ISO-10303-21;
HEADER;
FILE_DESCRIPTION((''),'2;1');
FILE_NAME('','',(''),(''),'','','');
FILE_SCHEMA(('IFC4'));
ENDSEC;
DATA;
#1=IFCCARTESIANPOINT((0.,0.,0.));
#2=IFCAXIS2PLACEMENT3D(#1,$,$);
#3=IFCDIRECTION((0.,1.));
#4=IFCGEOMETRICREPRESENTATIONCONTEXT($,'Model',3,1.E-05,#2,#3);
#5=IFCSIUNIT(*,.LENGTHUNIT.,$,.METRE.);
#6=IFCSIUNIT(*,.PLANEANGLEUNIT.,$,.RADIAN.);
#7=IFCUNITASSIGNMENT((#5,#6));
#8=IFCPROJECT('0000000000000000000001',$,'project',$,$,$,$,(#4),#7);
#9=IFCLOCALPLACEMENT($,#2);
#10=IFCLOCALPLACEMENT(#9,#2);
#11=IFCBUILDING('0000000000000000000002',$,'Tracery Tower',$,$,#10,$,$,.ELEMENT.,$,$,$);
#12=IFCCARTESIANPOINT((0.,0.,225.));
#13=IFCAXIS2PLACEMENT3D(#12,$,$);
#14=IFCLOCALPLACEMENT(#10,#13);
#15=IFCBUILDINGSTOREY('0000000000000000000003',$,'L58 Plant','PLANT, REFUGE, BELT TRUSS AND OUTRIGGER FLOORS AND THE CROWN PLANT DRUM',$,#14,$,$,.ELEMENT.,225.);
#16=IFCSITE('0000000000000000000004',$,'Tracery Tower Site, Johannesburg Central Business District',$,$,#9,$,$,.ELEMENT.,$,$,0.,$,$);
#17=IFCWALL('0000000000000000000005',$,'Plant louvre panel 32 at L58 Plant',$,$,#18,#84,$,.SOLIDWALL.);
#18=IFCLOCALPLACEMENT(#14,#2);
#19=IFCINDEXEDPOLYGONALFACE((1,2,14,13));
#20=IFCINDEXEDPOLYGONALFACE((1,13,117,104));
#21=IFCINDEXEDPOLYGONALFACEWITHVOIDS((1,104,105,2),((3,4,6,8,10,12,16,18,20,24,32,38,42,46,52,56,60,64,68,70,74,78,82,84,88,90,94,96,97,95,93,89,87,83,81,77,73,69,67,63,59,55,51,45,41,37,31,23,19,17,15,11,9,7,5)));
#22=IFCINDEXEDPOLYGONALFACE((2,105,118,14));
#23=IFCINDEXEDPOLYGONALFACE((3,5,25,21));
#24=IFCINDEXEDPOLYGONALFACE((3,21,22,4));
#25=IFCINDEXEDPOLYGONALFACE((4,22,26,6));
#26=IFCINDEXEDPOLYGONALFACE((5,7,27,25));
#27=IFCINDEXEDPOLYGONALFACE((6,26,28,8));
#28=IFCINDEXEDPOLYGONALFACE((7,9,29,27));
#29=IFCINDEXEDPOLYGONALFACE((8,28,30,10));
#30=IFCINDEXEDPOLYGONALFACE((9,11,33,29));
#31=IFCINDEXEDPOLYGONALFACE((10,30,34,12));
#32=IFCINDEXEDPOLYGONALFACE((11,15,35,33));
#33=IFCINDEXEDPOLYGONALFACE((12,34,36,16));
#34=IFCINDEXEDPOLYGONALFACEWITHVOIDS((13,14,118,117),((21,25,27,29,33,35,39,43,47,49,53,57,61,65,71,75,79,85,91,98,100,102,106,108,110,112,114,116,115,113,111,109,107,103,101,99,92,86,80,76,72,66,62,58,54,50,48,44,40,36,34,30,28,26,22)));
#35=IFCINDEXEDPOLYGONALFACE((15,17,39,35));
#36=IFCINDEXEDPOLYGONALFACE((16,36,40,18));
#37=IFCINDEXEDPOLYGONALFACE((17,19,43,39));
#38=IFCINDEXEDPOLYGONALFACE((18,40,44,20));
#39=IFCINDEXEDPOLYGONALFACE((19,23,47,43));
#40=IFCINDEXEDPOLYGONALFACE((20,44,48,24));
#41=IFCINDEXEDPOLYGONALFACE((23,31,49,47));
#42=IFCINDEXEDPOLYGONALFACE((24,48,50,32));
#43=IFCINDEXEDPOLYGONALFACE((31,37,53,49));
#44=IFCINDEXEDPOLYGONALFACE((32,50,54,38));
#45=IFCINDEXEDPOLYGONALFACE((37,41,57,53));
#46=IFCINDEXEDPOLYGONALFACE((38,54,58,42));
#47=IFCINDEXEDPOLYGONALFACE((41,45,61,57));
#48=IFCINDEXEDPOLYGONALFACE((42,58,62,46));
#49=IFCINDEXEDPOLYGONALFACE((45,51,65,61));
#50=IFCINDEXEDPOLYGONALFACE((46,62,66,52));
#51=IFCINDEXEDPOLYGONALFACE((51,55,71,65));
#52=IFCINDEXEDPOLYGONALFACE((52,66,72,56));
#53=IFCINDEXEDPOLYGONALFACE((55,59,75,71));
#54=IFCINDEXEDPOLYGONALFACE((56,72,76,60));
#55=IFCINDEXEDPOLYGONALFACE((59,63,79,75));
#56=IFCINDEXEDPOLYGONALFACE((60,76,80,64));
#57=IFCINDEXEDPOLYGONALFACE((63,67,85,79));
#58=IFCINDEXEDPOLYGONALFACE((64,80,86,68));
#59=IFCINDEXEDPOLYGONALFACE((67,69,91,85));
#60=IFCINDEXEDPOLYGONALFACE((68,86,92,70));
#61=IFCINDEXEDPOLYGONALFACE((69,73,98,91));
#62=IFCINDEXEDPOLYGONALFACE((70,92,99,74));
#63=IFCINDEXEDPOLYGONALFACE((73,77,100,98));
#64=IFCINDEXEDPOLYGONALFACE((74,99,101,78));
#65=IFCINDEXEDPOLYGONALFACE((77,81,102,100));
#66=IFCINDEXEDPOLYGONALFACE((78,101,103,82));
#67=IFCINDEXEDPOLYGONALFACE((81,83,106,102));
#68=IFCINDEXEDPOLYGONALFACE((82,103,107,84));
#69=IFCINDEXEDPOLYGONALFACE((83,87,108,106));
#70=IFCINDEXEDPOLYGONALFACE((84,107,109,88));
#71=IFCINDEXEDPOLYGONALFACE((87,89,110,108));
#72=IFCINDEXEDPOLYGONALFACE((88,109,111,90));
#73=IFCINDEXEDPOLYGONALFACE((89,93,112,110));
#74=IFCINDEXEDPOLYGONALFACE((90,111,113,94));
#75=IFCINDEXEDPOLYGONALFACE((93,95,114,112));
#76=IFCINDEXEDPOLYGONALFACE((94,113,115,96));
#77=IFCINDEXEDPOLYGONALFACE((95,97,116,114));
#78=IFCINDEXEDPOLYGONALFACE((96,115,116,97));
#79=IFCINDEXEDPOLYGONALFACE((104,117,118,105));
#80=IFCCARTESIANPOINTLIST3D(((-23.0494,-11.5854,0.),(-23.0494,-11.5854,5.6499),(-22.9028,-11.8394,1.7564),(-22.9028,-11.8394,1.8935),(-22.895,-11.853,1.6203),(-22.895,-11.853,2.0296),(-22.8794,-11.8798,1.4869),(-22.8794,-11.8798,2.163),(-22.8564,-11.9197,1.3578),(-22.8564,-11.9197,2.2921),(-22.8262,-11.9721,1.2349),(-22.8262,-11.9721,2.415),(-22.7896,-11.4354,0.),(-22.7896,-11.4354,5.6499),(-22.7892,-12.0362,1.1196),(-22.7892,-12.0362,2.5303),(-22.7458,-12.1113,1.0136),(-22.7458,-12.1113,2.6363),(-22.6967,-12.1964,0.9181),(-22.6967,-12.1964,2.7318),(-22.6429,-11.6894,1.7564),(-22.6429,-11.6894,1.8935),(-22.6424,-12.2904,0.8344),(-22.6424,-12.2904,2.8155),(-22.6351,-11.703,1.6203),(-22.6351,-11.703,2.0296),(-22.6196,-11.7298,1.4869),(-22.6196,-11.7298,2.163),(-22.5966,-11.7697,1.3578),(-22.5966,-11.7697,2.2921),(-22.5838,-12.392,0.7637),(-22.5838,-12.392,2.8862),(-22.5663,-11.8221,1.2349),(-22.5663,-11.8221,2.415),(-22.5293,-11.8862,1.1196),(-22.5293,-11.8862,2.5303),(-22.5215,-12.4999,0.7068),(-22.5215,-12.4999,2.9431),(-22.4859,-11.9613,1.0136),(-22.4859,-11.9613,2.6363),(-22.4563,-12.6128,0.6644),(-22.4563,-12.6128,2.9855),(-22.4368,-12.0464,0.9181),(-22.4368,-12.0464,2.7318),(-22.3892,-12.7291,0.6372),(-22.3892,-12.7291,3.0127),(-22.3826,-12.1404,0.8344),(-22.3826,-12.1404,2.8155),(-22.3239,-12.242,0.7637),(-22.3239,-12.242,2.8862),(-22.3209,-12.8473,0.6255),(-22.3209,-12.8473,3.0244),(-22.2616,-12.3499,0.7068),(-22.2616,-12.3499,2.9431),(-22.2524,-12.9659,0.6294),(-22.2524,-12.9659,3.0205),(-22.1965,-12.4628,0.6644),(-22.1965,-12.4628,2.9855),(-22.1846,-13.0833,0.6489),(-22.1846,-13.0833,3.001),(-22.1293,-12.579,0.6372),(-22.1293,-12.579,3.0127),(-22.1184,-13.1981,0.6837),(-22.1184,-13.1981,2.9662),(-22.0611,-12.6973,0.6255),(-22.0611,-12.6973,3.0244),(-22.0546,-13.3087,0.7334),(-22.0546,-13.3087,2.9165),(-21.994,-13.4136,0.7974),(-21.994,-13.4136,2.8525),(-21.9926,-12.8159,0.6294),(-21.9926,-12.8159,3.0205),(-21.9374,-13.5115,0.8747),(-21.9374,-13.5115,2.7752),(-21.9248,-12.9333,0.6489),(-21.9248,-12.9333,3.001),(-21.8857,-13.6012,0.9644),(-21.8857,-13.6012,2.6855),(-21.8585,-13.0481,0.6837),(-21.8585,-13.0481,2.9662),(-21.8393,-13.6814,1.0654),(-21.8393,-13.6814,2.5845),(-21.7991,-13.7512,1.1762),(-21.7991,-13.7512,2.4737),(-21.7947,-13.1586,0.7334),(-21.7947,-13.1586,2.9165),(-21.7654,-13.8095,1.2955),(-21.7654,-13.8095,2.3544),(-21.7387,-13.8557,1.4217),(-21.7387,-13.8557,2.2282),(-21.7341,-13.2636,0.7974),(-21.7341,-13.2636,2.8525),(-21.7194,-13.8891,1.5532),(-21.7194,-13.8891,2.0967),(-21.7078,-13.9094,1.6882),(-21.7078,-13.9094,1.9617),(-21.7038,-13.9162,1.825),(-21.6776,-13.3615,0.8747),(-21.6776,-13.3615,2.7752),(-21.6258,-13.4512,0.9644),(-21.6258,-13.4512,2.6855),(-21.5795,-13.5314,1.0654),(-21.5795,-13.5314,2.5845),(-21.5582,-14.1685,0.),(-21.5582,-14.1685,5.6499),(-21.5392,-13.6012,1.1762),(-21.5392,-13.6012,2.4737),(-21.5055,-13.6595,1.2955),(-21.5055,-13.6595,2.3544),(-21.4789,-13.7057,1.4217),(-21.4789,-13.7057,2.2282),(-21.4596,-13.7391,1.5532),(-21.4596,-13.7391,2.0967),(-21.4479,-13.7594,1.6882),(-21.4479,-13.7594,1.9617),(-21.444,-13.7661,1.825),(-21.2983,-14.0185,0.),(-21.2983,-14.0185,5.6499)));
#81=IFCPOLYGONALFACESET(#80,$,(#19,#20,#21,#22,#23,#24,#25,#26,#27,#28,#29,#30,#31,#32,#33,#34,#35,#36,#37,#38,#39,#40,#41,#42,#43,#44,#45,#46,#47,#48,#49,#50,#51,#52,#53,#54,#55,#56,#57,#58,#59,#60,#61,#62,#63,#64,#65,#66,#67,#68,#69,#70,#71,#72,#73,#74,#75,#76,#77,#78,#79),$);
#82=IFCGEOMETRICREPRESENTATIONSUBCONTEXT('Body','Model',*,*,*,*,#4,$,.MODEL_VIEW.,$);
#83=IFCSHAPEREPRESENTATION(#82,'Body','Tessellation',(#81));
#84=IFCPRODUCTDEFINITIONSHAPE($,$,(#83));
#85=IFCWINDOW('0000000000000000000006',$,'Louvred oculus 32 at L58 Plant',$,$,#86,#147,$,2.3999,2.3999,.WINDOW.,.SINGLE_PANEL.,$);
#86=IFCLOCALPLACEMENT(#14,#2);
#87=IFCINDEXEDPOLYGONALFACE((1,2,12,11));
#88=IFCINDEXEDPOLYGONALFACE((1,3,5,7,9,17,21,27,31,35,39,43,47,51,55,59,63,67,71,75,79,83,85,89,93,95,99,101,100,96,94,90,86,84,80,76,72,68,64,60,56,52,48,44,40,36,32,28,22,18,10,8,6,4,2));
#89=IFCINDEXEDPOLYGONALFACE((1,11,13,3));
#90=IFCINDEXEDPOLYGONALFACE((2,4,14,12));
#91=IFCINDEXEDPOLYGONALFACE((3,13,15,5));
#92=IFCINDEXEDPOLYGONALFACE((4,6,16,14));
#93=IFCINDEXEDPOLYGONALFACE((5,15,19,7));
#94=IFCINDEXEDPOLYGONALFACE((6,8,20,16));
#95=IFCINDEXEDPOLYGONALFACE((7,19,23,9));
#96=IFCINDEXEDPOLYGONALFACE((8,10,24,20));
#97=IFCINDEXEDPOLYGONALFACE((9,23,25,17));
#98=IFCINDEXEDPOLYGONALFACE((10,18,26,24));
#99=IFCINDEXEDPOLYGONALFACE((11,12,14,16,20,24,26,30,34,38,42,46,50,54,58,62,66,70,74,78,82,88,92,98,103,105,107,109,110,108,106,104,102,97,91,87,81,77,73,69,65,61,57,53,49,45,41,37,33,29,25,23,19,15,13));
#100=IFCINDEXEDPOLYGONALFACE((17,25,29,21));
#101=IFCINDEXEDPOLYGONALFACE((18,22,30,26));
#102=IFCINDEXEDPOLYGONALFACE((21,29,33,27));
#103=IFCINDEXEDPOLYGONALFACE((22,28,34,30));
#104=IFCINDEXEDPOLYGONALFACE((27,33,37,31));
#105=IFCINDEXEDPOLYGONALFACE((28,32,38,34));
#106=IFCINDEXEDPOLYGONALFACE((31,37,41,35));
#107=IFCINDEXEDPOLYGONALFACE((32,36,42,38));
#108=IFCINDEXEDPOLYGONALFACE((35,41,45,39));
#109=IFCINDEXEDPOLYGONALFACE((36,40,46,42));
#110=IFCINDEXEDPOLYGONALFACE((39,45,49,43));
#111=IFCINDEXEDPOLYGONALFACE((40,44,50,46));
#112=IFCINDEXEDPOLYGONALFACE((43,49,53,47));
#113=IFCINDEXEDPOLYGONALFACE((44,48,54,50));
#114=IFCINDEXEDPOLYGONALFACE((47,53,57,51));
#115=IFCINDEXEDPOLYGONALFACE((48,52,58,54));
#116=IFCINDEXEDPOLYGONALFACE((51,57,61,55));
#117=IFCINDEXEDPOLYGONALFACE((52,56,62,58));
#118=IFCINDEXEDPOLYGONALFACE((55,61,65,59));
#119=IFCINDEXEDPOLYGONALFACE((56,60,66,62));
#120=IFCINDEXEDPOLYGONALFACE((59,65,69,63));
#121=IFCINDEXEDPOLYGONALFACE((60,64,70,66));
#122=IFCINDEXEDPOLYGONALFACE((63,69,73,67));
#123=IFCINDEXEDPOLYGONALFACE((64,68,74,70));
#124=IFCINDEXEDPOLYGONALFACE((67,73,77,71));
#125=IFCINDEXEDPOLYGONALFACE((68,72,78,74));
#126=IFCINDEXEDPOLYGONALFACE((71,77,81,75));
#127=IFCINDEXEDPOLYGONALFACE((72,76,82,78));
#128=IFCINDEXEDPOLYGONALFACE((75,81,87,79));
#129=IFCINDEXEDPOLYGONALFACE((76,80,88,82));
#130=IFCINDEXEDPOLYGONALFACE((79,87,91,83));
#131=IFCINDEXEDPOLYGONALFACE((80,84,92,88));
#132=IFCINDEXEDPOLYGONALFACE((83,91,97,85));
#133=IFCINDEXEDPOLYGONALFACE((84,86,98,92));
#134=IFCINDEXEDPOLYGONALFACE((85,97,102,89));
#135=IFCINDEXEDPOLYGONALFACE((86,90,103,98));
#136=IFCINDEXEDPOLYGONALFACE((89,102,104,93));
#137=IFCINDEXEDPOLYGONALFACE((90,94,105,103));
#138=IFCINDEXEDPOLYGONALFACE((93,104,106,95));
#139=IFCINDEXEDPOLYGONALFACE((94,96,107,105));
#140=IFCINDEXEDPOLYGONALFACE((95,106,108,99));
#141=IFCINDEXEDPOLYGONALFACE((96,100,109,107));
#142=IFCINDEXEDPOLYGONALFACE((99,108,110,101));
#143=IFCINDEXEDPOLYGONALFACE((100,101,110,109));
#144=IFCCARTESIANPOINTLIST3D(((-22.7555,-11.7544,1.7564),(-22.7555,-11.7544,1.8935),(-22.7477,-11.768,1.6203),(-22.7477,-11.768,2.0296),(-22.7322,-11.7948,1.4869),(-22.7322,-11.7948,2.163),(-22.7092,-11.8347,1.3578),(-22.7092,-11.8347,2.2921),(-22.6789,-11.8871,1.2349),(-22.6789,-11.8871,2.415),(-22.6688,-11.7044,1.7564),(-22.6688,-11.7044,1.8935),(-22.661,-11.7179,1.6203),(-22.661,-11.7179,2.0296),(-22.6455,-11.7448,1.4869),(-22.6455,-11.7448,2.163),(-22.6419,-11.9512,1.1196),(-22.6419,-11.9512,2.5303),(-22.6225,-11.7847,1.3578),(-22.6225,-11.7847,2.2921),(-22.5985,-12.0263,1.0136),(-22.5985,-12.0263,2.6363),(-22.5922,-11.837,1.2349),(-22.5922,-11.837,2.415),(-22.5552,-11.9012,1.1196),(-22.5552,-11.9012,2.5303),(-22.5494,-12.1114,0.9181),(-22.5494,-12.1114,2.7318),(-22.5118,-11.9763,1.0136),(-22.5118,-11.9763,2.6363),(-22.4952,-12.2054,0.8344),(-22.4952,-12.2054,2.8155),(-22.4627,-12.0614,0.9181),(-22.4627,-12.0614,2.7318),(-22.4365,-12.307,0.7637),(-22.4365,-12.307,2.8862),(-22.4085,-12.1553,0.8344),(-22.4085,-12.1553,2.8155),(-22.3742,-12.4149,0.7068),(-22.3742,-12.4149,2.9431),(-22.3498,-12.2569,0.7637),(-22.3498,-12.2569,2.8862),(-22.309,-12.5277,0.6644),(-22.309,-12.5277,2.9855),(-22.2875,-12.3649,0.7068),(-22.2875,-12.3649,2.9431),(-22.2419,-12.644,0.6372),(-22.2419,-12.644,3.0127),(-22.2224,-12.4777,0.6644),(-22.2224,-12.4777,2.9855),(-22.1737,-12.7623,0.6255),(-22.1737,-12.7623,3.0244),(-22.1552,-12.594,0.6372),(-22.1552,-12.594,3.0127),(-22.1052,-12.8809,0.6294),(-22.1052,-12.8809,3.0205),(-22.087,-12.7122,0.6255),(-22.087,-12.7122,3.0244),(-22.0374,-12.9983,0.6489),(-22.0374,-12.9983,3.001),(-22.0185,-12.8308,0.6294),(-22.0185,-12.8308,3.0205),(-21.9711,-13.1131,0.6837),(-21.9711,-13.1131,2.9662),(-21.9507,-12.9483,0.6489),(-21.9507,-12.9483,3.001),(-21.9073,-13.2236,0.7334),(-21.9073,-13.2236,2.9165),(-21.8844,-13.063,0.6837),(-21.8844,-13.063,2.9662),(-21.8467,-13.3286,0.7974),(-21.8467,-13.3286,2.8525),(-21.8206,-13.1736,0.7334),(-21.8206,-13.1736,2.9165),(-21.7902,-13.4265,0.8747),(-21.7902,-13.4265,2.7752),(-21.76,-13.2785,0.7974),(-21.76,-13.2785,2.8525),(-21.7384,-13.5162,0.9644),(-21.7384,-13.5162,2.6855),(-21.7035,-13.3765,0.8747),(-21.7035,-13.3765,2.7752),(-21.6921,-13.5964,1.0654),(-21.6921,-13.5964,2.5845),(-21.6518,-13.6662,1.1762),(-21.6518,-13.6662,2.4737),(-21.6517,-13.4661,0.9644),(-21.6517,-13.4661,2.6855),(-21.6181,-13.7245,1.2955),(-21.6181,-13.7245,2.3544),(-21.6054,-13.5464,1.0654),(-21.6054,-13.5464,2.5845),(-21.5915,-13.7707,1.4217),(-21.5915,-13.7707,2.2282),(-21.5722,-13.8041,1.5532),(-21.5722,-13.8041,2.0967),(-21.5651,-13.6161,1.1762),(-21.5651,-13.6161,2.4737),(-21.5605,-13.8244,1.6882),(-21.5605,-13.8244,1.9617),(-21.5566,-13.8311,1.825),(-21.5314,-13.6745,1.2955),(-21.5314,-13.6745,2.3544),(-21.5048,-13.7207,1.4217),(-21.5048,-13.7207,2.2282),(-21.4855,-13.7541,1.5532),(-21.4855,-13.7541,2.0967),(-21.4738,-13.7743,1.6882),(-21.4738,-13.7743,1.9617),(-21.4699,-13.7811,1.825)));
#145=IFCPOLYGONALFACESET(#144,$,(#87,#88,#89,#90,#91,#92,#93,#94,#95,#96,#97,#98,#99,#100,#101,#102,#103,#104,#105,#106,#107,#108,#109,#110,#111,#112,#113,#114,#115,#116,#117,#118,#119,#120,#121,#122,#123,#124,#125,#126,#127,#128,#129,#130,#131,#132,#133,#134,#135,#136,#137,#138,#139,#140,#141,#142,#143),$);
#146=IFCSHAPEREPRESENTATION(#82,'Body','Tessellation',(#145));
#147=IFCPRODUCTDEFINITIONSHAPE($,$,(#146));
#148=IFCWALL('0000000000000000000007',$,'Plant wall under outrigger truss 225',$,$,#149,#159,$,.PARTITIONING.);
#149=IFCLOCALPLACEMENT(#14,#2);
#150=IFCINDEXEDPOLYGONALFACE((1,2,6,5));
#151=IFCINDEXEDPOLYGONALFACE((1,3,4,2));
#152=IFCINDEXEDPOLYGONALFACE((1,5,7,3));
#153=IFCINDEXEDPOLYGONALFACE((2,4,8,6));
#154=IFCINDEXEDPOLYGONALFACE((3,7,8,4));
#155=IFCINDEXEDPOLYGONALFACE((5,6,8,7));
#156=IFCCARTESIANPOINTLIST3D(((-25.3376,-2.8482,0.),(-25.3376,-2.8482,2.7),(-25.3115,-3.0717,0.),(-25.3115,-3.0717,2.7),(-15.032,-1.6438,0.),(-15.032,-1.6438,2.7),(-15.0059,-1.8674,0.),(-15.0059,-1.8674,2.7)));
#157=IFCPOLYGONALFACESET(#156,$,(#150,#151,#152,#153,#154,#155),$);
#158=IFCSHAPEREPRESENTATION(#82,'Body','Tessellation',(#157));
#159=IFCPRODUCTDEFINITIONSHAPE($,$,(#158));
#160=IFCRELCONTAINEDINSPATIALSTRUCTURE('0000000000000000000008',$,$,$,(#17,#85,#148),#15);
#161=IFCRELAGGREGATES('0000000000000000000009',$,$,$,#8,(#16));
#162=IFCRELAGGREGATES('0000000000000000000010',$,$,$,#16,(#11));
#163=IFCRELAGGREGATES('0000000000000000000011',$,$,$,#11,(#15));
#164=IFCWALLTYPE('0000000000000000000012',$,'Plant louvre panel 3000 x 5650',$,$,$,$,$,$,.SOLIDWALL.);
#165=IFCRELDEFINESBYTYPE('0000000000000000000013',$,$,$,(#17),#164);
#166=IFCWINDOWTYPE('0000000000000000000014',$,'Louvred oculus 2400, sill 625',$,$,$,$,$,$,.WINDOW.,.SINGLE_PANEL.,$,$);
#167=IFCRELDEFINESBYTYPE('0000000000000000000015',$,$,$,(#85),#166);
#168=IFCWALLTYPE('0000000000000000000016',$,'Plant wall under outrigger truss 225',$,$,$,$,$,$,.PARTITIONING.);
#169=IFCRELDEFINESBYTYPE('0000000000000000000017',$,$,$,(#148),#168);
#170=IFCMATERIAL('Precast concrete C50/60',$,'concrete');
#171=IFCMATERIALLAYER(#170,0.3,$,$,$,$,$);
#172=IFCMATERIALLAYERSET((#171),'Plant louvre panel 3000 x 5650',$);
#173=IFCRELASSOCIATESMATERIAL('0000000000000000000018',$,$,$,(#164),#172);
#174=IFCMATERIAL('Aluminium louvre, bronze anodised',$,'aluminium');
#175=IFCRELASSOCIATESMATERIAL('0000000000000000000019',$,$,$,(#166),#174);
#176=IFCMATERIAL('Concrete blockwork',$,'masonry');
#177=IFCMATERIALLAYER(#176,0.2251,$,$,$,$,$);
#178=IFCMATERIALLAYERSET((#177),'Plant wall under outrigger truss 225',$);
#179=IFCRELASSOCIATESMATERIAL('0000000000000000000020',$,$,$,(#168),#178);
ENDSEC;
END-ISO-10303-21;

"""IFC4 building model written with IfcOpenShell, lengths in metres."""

from ifc_helpers import new_model, si_unit, direction, frame, frame_2d, origin, origin_2d, place, context, subcontext, project, spatial, rectangle, circle, extrude, material, layer, layer_set, type_object, element, fill, save


model = new_model("IFC4")

# Units and contexts
model_context = context("Model", 3, precision=1e-05, world=origin(), true_north=direction((0.0, 1.0)))
body_context = subcontext(model_context, "Body", "Model", "MODEL_VIEW")
ifc_project = project(units=[si_unit("LENGTHUNIT", "METRE"), si_unit("PLANEANGLEUNIT", "RADIAN")], contexts=[model_context])

# Site, building, storey
site_placement = place(None, origin())
site = spatial("IfcSite", under=ifc_project, at=site_placement, Name="Tracery Tower Site, Johannesburg Central Business District", CompositionType="ELEMENT", RefElevation=0.0)
building_placement = place(site_placement, origin())
building = spatial("IfcBuilding", under=site, at=building_placement, Name="Tracery Tower", CompositionType="ELEMENT")
storey_placement = place(building_placement, frame((0.0, 0.0, 225.0)))
storey = spatial("IfcBuildingStorey", under=building, at=storey_placement, Name="L58 Plant", Description="PLANT, REFUGE, BELT TRUSS AND OUTRIGGER FLOORS AND THE CROWN PLANT DRUM", CompositionType="ELEMENT", Elevation=225.0)

# Wall, opening, window
ifc_material_1 = material(Name="Precast concrete C50/60", Category="concrete")
ifc_layer_1 = layer(ifc_material_1, 0.3)
ifc_layer_set_1 = layer_set([ifc_layer_1], Name="Plant louvre panel 3000 x 5650")
wall_type_1 = type_object("IfcWallType", Name="Plant louvre panel 3000 x 5650", PredefinedType="SOLIDWALL", material=ifc_layer_set_1)
ifc_material_2 = material(Name="Aluminium louvre, bronze anodised", Category="aluminium")
window_type = type_object("IfcWindowType", Name="Louvred oculus 2400, sill 625", PartitioningType="SINGLE_PANEL", PredefinedType="WINDOW", material=ifc_material_2)
wall_1_placement = place(storey_placement, frame((-22.9194, -11.5105, 0.0), z_axis=(0.0, 0.0, 1.0), x_axis=(0.499978, -0.866038, 0.0)))
wall_1 = element("IfcWall", 1, at=wall_1_placement, inside=storey, type_object=wall_type_1, Name="Plant louvre panel 32 at L58 Plant", PredefinedType="SOLIDWALL", context=body_context, shape_type="SweptSolid", body=[
    extrude(rectangle(XDim=2.9827, YDim=0.3, at=frame_2d((1.4912, 0.0))), origin(), (0.0, 0.0, 1.0), 5.6499),
])
opening_1_placement = place(wall_1_placement, frame((1.4912, 0.0, 1.825)))
opening_1 = element("IfcOpeningElement", 2, at=opening_1_placement, cuts=wall_1, PredefinedType="OPENING", context=body_context, shape_type="SweptSolid", body=[
    extrude(circle(Radius=1.2, at=origin_2d()), frame((0.0, 0.1599, 0.0), z_axis=(0.0, -1.0, 0.0), x_axis=(1.0, 0.0, 0.0)), (0.0, 0.0, 1.0), 0.3201),
])
window_1_placement = place(opening_1_placement, origin())
window_1 = element("IfcWindow", 3, at=window_1_placement, inside=storey, type_object=window_type, Name="Louvred oculus 32 at L58 Plant", OverallHeight=2.3999, OverallWidth=2.3999, PartitioningType="SINGLE_PANEL", PredefinedType="WINDOW", context=body_context, shape_type="SweptSolid", body=[
    extrude(circle(Radius=1.2, at=origin_2d()), frame((0.0, 0.1201, 0.0), z_axis=(0.0, -1.0, 0.0), x_axis=(1.0, 0.0, 0.0)), (0.0, 0.0, 1.0), 0.1001),
])
fill(opening_1, window_1)

# Wall
ifc_material_3 = material(Name="Concrete blockwork", Category="masonry")
ifc_layer_2 = layer(ifc_material_3, 0.2251)
ifc_layer_set_2 = layer_set([ifc_layer_2], Name="Plant wall under outrigger truss 225")
wall_type_2 = type_object("IfcWallType", Name="Plant wall under outrigger truss 225", PredefinedType="PARTITIONING", material=ifc_layer_set_2)
wall_2_placement = place(storey_placement, frame((-25.3247, -2.96, 0.0), z_axis=(0.0, 0.0, 1.0), x_axis=(0.993241, 0.116073, 0.0)))
element("IfcWall", 4, at=wall_2_placement, inside=storey, type_object=wall_type_2, Name="Plant wall under outrigger truss 225", PredefinedType="PARTITIONING", context=body_context, shape_type="SweptSolid", body=[
    extrude(rectangle(XDim=10.3757, YDim=0.2251, at=frame_2d((5.188, 0.0))), origin(), (0.0, 0.0, 1.0), 2.7),
])

save(model, "model.ifc")
